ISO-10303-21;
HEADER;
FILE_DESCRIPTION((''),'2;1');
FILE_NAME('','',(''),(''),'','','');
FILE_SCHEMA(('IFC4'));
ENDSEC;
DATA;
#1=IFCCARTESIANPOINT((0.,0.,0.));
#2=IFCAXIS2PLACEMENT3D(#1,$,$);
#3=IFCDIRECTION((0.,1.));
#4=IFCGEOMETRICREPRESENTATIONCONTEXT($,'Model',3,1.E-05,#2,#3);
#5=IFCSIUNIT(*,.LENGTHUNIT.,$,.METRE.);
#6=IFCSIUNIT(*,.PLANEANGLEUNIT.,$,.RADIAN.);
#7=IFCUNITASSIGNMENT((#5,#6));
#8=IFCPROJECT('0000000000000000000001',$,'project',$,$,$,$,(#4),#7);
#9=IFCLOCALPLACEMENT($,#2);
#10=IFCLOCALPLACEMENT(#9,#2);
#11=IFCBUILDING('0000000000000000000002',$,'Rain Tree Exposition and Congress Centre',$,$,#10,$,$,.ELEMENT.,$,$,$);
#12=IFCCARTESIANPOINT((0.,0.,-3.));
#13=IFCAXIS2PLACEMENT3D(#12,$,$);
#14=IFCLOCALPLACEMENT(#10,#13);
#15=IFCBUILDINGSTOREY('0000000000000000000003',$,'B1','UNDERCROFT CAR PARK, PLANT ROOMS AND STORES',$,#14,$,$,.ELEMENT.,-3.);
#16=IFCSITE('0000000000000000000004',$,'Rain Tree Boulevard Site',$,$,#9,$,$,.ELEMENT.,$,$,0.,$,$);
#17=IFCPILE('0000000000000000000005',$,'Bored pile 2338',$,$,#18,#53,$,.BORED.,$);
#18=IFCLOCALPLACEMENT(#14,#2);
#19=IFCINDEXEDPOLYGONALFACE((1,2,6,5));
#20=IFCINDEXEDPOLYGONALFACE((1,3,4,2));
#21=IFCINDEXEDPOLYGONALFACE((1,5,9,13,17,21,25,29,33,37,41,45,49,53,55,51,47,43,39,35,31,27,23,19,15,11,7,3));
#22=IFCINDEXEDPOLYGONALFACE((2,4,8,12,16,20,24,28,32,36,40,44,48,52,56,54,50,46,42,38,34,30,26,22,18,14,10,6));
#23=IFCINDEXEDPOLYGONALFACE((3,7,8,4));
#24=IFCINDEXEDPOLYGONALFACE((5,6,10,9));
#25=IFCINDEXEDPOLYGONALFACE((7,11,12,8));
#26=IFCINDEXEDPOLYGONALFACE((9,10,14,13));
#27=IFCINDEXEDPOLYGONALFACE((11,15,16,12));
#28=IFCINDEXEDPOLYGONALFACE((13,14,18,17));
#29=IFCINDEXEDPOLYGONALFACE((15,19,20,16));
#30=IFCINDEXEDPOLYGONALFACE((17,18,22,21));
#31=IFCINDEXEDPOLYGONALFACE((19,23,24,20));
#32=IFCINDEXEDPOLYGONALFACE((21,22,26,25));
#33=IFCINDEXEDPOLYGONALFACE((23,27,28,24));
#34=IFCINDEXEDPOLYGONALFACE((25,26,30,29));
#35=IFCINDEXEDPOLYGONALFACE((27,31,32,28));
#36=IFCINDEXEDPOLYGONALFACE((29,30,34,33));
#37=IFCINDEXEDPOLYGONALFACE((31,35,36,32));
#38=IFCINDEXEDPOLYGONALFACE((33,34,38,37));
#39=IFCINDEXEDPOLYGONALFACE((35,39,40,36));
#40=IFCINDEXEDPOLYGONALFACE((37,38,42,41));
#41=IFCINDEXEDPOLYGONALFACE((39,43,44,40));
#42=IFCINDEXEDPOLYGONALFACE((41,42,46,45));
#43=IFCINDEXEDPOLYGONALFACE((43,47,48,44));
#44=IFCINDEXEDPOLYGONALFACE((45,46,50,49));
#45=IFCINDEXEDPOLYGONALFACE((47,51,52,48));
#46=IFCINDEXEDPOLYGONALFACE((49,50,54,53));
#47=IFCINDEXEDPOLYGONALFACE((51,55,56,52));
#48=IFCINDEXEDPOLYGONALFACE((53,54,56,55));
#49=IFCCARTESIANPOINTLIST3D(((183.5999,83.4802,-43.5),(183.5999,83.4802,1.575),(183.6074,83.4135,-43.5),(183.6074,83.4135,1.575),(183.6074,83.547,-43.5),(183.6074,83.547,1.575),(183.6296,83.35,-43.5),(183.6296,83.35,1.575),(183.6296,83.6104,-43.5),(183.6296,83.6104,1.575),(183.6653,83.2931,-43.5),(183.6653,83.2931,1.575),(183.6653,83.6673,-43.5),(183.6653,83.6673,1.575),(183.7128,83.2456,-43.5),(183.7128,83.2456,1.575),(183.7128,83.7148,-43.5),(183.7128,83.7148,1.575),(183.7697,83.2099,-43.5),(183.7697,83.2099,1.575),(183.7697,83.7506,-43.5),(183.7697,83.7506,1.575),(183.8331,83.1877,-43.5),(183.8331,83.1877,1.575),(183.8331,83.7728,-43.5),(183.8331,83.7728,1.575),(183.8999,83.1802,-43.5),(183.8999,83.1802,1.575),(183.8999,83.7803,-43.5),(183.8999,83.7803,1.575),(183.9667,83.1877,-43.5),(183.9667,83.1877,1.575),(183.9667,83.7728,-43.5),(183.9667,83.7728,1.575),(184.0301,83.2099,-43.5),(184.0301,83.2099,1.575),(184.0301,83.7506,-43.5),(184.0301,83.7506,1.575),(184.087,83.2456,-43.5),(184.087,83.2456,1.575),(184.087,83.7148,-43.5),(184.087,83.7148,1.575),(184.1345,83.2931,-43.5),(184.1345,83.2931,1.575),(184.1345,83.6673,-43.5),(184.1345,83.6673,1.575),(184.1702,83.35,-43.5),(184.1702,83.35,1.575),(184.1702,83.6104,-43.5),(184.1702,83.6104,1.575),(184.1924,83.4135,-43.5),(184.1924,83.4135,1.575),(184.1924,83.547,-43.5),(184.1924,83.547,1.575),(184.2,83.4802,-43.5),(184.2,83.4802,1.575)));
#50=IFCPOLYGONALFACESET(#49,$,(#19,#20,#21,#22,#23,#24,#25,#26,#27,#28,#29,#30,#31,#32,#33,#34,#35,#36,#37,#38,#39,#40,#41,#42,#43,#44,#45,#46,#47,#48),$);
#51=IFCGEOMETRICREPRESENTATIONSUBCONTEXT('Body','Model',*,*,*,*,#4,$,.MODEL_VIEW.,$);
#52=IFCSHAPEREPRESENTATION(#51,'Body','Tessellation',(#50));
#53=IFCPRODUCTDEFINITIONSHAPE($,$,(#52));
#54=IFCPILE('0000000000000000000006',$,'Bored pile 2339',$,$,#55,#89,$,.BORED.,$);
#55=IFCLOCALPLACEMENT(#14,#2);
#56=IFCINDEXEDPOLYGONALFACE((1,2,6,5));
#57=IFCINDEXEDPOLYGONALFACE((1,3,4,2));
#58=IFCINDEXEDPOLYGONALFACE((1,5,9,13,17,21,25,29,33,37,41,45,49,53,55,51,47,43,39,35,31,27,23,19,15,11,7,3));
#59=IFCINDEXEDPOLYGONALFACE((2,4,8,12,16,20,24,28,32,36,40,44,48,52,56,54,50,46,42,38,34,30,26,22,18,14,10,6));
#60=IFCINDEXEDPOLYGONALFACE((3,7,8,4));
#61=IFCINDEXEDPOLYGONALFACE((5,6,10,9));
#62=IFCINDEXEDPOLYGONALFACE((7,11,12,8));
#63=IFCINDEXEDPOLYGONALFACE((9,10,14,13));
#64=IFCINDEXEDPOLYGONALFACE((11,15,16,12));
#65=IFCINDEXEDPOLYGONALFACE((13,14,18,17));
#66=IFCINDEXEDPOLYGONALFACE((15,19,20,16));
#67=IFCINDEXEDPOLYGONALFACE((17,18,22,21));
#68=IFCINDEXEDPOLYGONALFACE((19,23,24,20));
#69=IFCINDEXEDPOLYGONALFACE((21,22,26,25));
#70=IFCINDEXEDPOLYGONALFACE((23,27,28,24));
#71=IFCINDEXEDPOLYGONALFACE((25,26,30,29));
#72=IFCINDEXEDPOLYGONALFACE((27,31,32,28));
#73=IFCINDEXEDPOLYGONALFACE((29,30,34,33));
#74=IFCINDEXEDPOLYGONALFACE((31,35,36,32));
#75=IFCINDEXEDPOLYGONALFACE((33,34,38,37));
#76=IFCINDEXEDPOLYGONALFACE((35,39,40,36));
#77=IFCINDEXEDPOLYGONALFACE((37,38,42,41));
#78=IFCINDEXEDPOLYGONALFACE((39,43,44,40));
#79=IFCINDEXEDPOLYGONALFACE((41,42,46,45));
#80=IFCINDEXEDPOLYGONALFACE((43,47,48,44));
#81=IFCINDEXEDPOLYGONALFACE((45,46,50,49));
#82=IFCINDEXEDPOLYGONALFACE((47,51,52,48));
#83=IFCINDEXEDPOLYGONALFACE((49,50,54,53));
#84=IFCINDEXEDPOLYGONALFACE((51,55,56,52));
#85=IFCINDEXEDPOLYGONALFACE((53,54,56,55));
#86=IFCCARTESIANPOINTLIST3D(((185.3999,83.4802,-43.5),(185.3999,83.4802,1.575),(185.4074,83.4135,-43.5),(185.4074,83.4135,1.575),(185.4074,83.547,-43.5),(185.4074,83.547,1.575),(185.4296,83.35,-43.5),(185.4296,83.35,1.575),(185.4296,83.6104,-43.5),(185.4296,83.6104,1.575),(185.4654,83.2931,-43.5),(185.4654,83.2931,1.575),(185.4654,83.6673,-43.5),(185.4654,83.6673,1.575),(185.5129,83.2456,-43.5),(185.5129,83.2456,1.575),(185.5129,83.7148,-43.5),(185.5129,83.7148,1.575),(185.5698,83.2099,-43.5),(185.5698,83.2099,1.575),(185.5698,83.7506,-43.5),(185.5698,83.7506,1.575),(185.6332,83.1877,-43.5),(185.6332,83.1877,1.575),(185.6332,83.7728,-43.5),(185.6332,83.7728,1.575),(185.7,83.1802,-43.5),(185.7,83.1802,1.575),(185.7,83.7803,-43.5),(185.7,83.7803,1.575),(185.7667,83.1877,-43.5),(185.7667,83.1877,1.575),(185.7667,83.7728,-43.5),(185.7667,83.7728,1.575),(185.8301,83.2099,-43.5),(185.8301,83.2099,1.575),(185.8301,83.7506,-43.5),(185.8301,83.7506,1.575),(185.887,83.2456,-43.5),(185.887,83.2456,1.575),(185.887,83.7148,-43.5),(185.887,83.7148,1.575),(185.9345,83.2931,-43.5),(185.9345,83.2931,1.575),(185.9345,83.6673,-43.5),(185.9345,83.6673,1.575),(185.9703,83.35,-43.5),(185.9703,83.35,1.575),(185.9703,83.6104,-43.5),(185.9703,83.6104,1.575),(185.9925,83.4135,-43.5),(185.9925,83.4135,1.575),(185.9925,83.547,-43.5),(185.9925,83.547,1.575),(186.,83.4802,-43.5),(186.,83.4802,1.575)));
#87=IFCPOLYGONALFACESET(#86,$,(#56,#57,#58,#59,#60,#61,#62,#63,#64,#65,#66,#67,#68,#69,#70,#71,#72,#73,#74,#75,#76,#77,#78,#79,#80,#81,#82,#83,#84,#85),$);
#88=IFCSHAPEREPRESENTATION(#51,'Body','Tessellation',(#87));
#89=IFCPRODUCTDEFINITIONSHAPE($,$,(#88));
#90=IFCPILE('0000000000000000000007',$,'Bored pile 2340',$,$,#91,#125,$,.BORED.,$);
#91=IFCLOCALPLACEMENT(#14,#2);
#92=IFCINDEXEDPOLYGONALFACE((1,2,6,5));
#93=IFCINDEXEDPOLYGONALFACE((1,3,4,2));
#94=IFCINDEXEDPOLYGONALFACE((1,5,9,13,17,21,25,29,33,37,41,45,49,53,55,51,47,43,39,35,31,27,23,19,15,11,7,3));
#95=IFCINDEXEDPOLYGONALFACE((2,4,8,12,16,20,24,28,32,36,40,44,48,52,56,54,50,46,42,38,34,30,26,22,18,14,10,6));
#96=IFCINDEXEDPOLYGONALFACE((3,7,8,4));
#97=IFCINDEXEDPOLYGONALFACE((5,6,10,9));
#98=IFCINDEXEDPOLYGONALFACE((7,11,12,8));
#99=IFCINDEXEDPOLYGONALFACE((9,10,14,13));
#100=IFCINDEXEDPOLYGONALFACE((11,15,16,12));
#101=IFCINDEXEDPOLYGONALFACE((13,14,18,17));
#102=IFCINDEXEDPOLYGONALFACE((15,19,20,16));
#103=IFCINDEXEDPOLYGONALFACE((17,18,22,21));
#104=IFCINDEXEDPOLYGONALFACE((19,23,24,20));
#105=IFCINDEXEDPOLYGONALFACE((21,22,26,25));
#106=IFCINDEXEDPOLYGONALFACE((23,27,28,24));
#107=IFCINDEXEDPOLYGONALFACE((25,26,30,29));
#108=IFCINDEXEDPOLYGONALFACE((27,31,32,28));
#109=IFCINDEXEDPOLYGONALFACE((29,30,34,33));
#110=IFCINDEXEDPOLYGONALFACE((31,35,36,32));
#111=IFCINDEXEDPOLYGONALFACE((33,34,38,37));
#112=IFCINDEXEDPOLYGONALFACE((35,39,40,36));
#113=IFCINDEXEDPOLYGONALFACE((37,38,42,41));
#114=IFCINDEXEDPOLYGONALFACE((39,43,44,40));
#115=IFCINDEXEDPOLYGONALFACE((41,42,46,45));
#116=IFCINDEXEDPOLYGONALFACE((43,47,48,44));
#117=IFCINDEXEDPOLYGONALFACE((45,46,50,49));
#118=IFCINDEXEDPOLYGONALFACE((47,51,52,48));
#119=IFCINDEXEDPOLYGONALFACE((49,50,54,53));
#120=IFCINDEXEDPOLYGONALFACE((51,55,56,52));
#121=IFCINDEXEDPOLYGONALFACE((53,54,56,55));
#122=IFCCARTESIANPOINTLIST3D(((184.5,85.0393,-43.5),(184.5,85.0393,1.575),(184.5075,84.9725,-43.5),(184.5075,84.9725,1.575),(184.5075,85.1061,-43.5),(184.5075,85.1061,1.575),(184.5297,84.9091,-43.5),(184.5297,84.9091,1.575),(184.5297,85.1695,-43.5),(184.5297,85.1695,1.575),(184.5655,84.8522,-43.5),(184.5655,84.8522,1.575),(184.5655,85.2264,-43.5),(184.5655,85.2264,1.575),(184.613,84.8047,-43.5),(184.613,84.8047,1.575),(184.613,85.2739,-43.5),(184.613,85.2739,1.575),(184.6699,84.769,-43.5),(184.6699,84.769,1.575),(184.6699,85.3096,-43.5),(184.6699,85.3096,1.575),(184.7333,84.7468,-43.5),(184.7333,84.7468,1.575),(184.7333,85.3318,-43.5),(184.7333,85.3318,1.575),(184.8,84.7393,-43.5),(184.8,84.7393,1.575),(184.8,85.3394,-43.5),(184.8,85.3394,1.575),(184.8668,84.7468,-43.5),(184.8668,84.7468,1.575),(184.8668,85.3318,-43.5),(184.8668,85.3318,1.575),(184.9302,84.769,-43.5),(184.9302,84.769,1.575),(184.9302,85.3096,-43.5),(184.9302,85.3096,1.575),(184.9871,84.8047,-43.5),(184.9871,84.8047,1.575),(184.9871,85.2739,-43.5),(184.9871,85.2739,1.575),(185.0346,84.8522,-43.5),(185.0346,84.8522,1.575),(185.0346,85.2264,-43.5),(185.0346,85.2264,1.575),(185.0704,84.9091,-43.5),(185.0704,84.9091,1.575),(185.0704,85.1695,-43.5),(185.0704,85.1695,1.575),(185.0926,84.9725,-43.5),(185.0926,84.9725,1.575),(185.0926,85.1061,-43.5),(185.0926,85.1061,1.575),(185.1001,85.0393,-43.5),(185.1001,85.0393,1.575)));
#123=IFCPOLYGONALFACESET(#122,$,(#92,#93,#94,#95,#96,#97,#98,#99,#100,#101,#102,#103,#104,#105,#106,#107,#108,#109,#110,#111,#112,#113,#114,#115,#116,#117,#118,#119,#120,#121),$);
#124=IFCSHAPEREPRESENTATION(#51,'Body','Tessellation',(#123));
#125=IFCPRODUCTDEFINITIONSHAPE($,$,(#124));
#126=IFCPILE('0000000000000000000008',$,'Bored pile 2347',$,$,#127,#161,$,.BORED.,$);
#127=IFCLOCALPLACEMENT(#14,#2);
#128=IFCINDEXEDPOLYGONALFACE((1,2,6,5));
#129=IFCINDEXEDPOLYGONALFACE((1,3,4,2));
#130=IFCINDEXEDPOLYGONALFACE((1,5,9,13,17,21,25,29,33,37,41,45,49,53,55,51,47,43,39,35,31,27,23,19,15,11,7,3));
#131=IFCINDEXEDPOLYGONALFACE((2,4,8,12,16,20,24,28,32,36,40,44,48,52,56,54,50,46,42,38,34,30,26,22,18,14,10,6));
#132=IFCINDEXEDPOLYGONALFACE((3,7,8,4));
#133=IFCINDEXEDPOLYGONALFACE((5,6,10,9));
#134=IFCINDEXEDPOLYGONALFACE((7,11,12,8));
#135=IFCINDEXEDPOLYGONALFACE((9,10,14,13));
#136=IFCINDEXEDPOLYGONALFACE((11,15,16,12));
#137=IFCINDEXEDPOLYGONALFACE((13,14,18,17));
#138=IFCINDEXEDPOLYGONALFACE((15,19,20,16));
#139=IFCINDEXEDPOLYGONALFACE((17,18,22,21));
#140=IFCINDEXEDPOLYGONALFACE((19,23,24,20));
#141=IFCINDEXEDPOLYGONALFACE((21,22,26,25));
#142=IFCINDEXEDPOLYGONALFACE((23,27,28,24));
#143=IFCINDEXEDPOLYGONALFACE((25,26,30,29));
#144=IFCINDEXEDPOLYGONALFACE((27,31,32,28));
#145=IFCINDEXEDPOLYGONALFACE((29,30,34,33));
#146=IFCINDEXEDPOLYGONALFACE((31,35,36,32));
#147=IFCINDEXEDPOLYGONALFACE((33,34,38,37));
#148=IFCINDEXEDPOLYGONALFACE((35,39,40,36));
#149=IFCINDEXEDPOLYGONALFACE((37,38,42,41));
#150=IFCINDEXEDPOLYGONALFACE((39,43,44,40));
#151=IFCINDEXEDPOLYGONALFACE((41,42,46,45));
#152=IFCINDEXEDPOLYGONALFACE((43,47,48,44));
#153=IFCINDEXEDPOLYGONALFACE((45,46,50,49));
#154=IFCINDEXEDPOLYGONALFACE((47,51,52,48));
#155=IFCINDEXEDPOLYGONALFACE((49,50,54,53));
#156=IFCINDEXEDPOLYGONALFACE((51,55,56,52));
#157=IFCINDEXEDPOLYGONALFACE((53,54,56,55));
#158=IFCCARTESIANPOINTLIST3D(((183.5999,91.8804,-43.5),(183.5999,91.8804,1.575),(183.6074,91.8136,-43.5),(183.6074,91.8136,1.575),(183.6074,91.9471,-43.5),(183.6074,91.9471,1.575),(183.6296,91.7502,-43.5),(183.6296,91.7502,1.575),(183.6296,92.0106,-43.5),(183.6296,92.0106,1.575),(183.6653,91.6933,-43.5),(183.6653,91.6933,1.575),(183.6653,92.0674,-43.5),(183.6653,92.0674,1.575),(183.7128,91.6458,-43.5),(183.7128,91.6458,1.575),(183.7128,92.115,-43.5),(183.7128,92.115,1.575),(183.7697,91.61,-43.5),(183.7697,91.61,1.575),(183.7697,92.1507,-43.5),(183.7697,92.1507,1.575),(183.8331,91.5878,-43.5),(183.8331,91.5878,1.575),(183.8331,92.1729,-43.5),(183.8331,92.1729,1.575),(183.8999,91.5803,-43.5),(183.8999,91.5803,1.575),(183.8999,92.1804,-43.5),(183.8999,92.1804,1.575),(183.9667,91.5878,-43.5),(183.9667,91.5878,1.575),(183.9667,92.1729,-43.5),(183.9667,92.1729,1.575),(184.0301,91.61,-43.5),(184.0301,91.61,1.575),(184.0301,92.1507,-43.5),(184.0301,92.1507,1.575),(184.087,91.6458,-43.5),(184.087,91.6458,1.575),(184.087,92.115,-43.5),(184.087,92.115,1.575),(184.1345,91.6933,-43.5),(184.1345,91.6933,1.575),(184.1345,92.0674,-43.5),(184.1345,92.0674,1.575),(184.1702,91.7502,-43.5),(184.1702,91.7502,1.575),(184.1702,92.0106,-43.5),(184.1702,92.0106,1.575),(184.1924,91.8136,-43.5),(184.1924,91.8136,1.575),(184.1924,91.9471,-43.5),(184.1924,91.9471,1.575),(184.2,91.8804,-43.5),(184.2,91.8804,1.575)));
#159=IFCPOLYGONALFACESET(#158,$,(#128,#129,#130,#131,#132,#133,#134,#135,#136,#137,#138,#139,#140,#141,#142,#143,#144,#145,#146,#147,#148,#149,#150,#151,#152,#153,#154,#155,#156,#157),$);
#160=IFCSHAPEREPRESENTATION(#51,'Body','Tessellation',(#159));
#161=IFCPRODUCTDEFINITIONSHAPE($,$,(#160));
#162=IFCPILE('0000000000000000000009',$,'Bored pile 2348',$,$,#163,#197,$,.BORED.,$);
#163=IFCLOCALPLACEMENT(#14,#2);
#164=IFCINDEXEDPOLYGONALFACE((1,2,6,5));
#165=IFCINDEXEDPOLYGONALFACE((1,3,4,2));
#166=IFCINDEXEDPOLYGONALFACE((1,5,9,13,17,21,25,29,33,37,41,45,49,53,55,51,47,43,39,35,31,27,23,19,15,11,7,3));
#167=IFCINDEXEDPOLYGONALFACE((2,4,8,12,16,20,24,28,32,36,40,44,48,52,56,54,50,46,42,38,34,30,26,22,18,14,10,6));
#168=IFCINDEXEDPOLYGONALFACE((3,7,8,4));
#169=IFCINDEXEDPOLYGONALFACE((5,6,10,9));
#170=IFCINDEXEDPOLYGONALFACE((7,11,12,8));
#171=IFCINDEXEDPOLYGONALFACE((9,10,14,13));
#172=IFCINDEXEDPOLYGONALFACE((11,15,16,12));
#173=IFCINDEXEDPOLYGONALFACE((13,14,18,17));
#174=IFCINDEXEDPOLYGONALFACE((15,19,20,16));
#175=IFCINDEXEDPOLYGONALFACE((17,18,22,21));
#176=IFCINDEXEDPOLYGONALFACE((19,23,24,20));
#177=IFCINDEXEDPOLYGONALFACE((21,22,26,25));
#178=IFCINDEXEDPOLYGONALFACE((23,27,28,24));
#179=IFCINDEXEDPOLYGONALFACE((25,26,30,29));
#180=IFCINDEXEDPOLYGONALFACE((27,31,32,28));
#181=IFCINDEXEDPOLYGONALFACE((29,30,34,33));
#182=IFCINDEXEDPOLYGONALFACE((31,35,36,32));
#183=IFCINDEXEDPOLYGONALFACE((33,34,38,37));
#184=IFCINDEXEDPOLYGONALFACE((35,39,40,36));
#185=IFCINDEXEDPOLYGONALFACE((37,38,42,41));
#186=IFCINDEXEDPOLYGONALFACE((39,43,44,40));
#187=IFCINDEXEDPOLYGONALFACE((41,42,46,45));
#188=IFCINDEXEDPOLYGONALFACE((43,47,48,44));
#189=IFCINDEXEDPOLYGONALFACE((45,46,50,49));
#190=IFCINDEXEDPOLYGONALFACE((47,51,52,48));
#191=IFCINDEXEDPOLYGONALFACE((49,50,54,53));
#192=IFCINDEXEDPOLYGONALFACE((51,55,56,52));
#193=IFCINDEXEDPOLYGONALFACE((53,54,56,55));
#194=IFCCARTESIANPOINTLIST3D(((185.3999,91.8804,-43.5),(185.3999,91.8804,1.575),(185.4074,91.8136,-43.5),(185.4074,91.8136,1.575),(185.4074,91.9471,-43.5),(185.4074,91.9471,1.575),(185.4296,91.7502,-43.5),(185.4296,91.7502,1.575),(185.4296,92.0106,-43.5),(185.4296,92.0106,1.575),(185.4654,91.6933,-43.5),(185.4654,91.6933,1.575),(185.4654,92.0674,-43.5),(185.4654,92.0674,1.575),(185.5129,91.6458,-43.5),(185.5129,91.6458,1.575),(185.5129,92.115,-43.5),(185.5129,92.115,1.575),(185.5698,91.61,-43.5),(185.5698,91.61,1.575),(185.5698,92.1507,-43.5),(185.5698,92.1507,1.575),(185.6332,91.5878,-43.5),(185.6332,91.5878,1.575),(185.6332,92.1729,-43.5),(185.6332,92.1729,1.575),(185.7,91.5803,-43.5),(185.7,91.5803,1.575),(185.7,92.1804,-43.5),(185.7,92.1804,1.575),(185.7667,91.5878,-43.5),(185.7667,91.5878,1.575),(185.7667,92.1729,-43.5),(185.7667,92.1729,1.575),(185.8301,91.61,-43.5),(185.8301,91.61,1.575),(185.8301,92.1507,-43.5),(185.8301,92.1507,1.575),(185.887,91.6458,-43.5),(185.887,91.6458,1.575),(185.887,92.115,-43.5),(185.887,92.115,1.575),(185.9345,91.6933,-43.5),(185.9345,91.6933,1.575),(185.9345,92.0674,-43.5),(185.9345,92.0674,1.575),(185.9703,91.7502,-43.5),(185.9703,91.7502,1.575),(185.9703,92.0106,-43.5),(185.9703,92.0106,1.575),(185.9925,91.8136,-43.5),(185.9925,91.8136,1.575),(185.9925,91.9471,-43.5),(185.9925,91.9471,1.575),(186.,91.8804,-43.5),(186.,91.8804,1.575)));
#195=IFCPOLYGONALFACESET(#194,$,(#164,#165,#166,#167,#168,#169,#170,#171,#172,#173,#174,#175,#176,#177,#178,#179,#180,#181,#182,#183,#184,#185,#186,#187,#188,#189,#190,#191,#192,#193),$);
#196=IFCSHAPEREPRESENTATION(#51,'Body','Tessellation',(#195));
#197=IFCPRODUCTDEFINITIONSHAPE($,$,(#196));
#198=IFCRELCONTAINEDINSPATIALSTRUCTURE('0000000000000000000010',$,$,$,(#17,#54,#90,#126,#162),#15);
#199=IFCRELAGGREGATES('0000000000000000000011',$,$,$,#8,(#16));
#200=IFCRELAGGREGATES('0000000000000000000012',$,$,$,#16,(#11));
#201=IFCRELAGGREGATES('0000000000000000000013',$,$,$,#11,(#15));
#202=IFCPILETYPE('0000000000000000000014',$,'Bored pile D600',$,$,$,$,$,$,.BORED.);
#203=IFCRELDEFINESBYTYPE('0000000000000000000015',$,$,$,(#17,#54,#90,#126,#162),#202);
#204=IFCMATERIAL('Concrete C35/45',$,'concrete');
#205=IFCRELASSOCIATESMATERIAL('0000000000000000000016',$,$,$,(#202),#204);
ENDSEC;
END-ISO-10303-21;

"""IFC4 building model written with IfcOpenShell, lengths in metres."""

from ifc_helpers import new_model, si_unit, direction, frame, origin, origin_2d, place, context, subcontext, project, spatial, circle, extrude, material, material_profile, profile_set, type_object, element, save


model = new_model("IFC4")

# Units and contexts
model_context = context("Model", 3, precision=1e-05, world=origin(), true_north=direction((0.0, 1.0)))
body_context = subcontext(model_context, "Body", "Model", "MODEL_VIEW")
ifc_project = project(units=[si_unit("LENGTHUNIT", "METRE"), si_unit("PLANEANGLEUNIT", "RADIAN")], contexts=[model_context])

# Site, building, storey
site_placement = place(None, origin())
site = spatial("IfcSite", under=ifc_project, at=site_placement, Name="Rain Tree Boulevard Site", CompositionType="ELEMENT", RefElevation=0.0)
building_placement = place(site_placement, origin())
building = spatial("IfcBuilding", under=site, at=building_placement, Name="Rain Tree Exposition and Congress Centre", CompositionType="ELEMENT")
storey_placement = place(building_placement, frame((0.0, 0.0, -3.0)))
storey = spatial("IfcBuildingStorey", under=building, at=storey_placement, Name="B1", Description="UNDERCROFT CAR PARK, PLANT ROOMS AND STORES", CompositionType="ELEMENT", Elevation=-3.0)

# Piles
ifc_material_1 = material(Name="Concrete C35/45", Category="concrete")
ifc_material_profile_1 = material_profile(ifc_material_1, circle(Radius=0.3, at=origin_2d()), Name="D600")
ifc_profile_set_1 = profile_set([ifc_material_profile_1], Name="Concrete C35/45")
pile_type_1 = type_object("IfcPileType", Name="Bored pile D600", PredefinedType="BORED", material=ifc_profile_set_1)
for number, where, z_axis, x_axis, name in (
    (1, (183.8999, 83.4802, 1.575), (0.0, 0.0, -1.0), (1.0, 0.0, 0.0), "Bored pile 2338"),
    (2, (185.7, 83.4802, 1.575), (0.0, 0.0, -1.0), (1.0, 0.0, 0.0), "Bored pile 2339"),
    (3, (184.8, 85.0393, 1.575), (0.0, 0.0, -1.0), (1.0, 0.0, 0.0), "Bored pile 2340"),
    (4, (183.8999, 91.8804, 1.575), (0.0, 0.0, -1.0), (1.0, 0.0, 0.0), "Bored pile 2347"),
    (5, (185.7, 91.8804, 1.575), (0.0, 0.0, -1.0), (1.0, 0.0, 0.0), "Bored pile 2348"),
):
    element("IfcPile", number, at=place(storey_placement, frame(where, z_axis=z_axis, x_axis=x_axis)), inside=storey, type_object=pile_type_1, Name=name, PredefinedType="BORED", context=body_context, shape_type="SweptSolid", body=[
        extrude(circle(Radius=0.3, at=origin_2d()), origin(), (0.0, 0.0, 1.0), 45.075),
    ])

save(model, "model.ifc")
